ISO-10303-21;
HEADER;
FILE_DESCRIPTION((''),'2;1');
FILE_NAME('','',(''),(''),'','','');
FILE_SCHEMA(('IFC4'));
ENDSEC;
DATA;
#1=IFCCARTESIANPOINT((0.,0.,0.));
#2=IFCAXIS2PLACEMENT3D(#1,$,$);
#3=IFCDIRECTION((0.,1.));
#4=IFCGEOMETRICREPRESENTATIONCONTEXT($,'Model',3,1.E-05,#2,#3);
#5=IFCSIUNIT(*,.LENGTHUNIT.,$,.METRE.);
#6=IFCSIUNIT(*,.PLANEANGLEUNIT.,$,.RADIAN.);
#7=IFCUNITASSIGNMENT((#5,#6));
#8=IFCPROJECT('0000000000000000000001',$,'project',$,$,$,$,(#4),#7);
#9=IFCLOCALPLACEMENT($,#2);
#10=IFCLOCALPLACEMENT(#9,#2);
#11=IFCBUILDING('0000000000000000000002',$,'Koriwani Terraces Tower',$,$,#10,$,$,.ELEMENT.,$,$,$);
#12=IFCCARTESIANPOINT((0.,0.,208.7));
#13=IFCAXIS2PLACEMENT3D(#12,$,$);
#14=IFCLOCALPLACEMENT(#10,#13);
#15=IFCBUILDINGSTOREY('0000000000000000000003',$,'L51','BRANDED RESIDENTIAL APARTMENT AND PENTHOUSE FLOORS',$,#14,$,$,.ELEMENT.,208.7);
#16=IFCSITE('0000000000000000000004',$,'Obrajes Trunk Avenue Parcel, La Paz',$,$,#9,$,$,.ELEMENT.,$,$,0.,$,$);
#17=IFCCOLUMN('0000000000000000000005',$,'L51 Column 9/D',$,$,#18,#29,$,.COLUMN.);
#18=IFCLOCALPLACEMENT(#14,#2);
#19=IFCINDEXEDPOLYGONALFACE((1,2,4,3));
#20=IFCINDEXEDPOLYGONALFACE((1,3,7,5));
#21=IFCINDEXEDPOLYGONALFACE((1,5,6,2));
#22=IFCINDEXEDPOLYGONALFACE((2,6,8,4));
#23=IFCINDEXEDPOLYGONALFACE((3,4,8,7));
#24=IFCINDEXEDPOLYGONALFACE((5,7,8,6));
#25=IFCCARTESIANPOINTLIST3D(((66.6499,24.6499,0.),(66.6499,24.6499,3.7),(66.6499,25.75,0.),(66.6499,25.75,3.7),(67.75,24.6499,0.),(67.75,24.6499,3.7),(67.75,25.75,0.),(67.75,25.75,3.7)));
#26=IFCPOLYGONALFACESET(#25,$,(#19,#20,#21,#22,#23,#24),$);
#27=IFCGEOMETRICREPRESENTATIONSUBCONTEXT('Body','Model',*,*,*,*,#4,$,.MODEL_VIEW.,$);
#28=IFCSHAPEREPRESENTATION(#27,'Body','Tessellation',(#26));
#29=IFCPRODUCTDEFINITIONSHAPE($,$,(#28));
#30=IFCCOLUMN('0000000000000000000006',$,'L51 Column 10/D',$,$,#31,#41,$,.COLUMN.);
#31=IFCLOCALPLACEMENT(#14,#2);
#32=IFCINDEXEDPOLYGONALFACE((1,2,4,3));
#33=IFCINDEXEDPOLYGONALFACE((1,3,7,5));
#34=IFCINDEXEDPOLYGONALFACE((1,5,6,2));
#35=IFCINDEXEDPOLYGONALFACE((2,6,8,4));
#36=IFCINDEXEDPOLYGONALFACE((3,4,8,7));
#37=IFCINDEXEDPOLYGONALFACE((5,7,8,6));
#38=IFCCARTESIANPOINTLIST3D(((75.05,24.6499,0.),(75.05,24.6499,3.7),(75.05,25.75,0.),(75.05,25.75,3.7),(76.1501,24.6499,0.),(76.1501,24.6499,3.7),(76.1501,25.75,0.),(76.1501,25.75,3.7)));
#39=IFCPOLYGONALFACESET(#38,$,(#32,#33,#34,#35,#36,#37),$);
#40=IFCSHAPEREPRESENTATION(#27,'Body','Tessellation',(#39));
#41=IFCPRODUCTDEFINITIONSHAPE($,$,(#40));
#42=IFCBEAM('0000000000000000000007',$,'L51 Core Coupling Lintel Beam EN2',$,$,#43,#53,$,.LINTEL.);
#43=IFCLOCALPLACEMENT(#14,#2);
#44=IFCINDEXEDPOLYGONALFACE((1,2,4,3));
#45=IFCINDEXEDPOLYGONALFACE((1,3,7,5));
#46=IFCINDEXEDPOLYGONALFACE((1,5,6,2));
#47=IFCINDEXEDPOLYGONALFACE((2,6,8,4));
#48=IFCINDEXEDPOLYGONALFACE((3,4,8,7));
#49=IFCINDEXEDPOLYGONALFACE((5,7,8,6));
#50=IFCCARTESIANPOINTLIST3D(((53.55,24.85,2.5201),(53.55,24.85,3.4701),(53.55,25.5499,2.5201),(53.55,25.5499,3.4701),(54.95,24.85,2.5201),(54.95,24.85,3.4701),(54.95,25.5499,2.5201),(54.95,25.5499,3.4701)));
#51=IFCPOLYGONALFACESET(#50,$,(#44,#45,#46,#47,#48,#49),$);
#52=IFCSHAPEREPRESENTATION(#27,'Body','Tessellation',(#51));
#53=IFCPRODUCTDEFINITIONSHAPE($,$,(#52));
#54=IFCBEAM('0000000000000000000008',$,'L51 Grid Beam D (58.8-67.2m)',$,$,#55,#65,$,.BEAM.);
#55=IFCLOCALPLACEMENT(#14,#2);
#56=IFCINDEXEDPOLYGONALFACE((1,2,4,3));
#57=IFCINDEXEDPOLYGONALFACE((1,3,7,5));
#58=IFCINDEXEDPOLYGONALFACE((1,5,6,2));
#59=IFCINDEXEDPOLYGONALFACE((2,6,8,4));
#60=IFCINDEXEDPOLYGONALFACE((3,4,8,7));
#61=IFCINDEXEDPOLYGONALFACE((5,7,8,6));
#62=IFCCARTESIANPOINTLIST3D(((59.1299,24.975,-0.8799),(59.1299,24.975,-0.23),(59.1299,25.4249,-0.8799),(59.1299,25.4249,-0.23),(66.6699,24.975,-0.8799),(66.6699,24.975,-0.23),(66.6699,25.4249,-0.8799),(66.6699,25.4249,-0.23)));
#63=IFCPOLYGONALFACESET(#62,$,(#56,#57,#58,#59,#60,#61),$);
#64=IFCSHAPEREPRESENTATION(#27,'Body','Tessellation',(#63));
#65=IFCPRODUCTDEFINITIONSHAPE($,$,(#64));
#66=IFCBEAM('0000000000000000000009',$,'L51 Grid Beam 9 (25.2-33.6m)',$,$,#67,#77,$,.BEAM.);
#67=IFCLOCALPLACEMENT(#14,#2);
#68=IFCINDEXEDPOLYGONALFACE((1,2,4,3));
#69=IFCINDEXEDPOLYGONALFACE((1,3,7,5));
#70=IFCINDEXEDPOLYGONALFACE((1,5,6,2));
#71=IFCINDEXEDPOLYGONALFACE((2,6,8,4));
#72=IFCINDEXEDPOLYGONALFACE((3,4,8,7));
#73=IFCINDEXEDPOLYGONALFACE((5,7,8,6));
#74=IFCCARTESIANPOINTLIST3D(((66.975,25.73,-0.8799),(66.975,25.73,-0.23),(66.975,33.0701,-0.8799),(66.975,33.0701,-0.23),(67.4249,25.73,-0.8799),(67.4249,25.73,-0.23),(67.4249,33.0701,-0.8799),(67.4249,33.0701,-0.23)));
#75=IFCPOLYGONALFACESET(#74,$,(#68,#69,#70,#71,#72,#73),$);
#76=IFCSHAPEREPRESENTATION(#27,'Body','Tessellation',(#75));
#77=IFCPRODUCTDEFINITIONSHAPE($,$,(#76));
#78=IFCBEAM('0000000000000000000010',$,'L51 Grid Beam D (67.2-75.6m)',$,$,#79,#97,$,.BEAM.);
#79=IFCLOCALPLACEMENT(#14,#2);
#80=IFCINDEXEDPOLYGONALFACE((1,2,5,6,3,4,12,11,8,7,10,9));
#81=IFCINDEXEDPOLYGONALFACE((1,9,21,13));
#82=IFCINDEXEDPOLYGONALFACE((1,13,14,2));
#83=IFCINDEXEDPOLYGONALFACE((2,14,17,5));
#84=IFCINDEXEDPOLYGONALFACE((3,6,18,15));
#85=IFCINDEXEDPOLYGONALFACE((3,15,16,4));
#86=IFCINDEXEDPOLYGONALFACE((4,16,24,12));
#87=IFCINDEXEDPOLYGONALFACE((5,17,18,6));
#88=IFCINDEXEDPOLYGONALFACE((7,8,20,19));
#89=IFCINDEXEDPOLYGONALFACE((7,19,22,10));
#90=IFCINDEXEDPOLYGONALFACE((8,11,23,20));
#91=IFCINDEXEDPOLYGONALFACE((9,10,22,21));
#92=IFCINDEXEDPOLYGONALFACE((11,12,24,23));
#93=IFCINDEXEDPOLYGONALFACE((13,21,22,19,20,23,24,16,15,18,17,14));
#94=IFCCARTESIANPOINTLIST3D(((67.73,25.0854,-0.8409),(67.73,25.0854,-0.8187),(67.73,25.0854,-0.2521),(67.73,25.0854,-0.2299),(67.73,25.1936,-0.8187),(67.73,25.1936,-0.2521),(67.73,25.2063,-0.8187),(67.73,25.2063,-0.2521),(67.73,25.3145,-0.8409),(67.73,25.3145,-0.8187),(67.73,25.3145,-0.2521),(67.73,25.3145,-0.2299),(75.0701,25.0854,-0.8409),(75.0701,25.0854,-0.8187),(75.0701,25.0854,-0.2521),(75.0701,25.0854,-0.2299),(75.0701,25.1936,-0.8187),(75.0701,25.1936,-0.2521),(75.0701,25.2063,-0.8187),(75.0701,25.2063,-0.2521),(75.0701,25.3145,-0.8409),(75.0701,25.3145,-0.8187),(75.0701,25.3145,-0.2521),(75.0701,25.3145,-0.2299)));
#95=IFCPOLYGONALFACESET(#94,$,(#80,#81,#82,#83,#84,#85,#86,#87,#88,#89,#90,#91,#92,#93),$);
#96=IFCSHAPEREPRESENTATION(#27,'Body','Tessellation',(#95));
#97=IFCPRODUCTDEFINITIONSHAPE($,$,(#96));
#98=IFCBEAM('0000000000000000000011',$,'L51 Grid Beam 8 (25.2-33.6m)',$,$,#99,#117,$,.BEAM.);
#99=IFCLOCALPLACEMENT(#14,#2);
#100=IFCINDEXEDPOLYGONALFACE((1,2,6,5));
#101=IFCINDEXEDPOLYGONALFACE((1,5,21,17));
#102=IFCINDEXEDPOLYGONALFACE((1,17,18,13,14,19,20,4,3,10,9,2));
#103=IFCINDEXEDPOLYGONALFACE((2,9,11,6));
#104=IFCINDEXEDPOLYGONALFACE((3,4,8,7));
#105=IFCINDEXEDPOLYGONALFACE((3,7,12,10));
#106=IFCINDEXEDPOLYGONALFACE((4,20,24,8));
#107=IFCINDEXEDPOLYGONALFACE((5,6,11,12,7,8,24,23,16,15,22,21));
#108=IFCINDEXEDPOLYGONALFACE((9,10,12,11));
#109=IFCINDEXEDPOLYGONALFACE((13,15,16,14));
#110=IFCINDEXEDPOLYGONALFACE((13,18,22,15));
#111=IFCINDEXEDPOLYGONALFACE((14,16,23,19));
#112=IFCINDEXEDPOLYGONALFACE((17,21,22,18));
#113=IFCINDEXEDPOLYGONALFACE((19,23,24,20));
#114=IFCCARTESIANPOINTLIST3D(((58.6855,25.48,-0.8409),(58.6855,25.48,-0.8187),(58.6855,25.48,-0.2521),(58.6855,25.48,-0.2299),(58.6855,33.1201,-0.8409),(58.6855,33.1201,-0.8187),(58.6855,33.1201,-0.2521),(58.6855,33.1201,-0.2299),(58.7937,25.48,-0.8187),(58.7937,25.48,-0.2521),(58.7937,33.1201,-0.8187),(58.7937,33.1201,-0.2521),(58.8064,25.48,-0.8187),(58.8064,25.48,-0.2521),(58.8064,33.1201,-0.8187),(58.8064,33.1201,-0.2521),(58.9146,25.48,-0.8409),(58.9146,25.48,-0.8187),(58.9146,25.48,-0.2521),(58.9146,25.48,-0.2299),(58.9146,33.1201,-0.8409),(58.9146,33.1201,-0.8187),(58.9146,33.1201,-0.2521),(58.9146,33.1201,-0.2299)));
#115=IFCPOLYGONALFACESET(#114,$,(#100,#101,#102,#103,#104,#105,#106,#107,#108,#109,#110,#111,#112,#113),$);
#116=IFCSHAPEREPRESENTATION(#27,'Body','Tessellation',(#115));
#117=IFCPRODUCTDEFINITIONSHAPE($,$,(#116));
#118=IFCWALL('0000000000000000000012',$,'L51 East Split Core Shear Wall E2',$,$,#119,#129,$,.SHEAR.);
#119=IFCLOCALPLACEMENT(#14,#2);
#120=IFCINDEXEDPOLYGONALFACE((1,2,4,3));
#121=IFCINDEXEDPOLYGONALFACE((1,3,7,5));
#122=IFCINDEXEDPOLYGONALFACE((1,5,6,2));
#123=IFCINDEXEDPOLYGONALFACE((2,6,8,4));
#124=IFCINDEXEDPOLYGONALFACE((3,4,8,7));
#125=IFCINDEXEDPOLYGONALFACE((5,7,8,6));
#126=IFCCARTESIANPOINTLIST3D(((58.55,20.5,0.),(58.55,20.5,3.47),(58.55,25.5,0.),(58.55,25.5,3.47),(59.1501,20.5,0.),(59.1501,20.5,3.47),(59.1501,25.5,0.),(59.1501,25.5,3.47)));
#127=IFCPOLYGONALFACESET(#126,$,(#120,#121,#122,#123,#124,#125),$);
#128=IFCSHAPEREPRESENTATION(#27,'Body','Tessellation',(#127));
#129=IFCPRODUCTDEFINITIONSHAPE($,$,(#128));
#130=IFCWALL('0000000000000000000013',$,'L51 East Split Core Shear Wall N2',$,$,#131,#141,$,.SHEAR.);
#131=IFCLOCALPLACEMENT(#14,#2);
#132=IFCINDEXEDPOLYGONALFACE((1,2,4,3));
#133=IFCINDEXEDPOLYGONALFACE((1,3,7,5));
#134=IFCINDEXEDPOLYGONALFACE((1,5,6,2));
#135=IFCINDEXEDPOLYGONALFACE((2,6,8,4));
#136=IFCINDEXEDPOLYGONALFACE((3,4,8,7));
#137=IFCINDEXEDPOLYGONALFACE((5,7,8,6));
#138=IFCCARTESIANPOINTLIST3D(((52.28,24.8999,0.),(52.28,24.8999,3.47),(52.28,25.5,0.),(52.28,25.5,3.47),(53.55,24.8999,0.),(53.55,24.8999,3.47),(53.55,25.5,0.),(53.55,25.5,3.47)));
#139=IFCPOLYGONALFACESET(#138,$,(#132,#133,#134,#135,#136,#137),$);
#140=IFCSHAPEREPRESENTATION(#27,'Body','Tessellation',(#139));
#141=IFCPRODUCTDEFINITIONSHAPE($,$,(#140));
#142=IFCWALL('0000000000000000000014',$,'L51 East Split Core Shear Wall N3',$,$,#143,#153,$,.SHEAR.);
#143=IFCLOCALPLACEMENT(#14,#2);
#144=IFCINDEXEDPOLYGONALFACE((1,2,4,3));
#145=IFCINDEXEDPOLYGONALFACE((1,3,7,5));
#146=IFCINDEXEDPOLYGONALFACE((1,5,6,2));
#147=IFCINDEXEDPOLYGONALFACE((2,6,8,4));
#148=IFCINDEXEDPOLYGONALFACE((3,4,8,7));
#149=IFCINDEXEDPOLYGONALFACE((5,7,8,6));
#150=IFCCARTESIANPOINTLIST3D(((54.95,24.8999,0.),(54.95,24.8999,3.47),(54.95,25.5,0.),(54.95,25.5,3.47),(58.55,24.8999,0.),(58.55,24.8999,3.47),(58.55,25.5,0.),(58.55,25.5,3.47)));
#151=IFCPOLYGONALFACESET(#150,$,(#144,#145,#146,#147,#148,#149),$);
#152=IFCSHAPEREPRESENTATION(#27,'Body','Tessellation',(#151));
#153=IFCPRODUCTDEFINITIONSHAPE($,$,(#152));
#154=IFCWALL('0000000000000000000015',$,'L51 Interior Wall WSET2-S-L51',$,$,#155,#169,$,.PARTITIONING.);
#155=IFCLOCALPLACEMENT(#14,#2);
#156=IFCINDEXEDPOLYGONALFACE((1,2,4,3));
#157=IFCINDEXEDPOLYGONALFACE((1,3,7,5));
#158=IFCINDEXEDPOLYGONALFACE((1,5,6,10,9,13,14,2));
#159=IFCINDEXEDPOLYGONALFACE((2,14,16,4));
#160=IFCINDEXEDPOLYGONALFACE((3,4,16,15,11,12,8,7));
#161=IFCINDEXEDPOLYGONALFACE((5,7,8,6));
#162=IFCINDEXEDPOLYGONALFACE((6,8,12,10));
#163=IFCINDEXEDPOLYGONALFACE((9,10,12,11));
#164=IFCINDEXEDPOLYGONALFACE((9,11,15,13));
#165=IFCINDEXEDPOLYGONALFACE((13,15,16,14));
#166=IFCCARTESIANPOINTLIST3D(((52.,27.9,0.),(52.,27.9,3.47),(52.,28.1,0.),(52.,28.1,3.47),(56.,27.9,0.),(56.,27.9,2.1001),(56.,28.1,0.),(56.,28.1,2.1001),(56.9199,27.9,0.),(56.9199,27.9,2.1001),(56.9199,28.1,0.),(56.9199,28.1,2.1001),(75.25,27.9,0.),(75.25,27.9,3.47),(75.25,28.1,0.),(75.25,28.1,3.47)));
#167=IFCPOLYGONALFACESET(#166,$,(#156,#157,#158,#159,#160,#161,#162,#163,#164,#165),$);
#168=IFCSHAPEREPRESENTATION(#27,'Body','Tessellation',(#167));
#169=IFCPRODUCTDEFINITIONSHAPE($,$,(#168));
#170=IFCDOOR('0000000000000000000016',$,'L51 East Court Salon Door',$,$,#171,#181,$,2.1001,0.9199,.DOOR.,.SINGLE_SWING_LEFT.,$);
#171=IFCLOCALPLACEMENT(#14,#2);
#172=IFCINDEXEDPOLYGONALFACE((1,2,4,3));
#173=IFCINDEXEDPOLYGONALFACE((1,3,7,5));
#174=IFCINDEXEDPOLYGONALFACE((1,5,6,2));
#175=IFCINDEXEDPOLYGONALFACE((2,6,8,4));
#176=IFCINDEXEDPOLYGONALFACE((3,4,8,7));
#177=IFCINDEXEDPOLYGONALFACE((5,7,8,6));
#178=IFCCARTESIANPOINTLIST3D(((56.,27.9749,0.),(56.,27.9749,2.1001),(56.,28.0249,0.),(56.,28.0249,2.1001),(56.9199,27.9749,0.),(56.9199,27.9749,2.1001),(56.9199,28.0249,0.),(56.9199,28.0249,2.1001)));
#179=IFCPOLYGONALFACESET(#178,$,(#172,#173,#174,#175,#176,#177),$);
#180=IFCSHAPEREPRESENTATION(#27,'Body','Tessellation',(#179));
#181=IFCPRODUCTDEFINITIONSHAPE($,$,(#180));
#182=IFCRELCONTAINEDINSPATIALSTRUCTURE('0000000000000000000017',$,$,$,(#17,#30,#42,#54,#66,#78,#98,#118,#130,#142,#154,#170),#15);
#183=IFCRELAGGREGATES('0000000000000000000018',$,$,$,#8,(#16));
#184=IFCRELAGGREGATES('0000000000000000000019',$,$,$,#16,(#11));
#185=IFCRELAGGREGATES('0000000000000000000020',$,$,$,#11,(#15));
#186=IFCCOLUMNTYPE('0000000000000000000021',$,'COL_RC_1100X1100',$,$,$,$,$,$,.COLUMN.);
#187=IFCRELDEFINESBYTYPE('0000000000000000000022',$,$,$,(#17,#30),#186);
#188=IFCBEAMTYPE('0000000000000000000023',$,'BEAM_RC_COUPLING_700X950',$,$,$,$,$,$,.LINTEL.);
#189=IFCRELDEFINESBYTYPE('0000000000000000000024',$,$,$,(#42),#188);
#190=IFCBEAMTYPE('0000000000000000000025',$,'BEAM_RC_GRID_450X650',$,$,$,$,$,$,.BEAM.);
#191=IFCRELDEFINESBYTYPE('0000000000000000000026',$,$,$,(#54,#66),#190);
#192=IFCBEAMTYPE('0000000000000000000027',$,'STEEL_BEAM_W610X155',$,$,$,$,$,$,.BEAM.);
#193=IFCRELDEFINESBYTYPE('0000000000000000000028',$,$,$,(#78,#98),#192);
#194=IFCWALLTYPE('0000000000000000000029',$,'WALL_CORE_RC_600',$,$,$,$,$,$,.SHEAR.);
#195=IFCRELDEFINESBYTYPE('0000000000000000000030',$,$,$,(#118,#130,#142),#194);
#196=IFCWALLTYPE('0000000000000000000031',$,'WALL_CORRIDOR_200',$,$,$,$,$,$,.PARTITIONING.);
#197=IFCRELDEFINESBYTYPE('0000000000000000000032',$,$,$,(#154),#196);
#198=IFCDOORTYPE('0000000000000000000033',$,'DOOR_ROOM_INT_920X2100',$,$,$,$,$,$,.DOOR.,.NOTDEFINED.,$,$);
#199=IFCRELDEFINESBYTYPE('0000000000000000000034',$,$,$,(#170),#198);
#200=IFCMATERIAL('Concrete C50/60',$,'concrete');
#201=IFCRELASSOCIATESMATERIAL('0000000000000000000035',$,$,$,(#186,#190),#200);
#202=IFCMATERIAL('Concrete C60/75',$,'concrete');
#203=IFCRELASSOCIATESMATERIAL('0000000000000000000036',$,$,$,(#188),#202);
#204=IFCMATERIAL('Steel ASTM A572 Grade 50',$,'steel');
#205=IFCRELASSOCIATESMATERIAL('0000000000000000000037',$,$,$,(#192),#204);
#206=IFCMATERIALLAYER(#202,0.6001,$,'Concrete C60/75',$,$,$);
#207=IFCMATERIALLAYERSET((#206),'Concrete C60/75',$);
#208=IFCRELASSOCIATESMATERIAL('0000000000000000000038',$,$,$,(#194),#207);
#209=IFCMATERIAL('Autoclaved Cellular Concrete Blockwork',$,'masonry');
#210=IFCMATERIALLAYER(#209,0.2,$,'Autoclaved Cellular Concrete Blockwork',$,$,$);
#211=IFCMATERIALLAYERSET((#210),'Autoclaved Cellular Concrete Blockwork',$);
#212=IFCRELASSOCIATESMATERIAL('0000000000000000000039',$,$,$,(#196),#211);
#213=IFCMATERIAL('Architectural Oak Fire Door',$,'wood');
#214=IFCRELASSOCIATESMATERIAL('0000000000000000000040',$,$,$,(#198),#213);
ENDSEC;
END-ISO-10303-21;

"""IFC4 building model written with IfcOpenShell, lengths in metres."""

from ifc_helpers import new_model, si_unit, direction, frame, frame_2d, origin, origin_2d, place, context, subcontext, project, spatial, rectangle, i_section, extrude, material, layer, layer_set, material_profile, profile_set, type_object, element, fill, save


model = new_model("IFC4")

# Units and contexts
model_context = context("Model", 3, precision=1e-05, world=origin(), true_north=direction((0.0, 1.0)))
body_context = subcontext(model_context, "Body", "Model", "MODEL_VIEW")
ifc_project = project(units=[si_unit("LENGTHUNIT", "METRE"), si_unit("PLANEANGLEUNIT", "RADIAN")], contexts=[model_context])

# Site, building, storey
site_placement = place(None, origin())
site = spatial("IfcSite", under=ifc_project, at=site_placement, Name="Obrajes Trunk Avenue Parcel, La Paz", CompositionType="ELEMENT", RefElevation=0.0)
building_placement = place(site_placement, origin())
building = spatial("IfcBuilding", under=site, at=building_placement, Name="Koriwani Terraces Tower", CompositionType="ELEMENT")
storey_placement = place(building_placement, frame((0.0, 0.0, 208.7)))
storey = spatial("IfcBuildingStorey", under=building, at=storey_placement, Name="L51", Description="BRANDED RESIDENTIAL APARTMENT AND PENTHOUSE FLOORS", CompositionType="ELEMENT", Elevation=208.7)

# Columns
ifc_material_1 = material(Name="Concrete C50/60", Category="concrete")
ifc_material_profile_1 = material_profile(ifc_material_1, rectangle(XDim=1.1001, YDim=1.1001, at=origin_2d()), Name="Concrete C50/60", Category="LoadBearing")
ifc_profile_set_1 = profile_set([ifc_material_profile_1], Name="Concrete C50/60")
column_type = type_object("IfcColumnType", Name="COL_RC_1100X1100", PredefinedType="COLUMN", material=ifc_profile_set_1)
for number, where, z_axis, x_axis, name in (
    (1, (67.2, 25.2, 0.0), (0.0, 0.0, 1.0), (1.0, 0.0, 0.0), "L51 Column 9/D"),
    (2, (75.6001, 25.2, 0.0), (0.0, 0.0, 1.0), (1.0, 0.0, 0.0), "L51 Column 10/D"),
):
    element("IfcColumn", number, at=place(storey_placement, frame(where, z_axis=z_axis, x_axis=x_axis)), inside=storey, type_object=column_type, Name=name, PredefinedType="COLUMN", context=body_context, shape_type="SweptSolid", body=[
        extrude(rectangle(XDim=1.1001, YDim=1.1001, at=origin_2d()), origin(), (0.0, 0.0, 1.0), 3.7),
    ])

# Beams
ifc_material_2 = material(Name="Concrete C60/75", Category="concrete")
ifc_material_profile_2 = material_profile(ifc_material_2, rectangle(XDim=0.7, YDim=0.95, at=origin_2d()), Name="Concrete C60/75", Category="LoadBearing")
ifc_profile_set_2 = profile_set([ifc_material_profile_2], Name="Concrete C60/75")
beam_type_1 = type_object("IfcBeamType", Name="BEAM_RC_COUPLING_700X950", PredefinedType="LINTEL", material=ifc_profile_set_2)
beam_1_placement = place(storey_placement, frame((53.55, 25.2, 2.9951), z_axis=(1.0, 0.0, 0.0), x_axis=(0.0, 1.0, 0.0)))
element("IfcBeam", 3, at=beam_1_placement, inside=storey, type_object=beam_type_1, Name="L51 Core Coupling Lintel Beam EN2", PredefinedType="LINTEL", context=body_context, shape_type="SweptSolid", body=[
    extrude(rectangle(XDim=0.7, YDim=0.95, at=origin_2d()), origin(), (0.0, 0.0, 1.0), 1.3999),
])
ifc_material_profile_3 = material_profile(ifc_material_1, rectangle(XDim=0.45, YDim=0.6499, at=origin_2d()), Name="Concrete C50/60", Category="LoadBearing")
ifc_profile_set_3 = profile_set([ifc_material_profile_3], Name="Concrete C50/60")
beam_type_2 = type_object("IfcBeamType", Name="BEAM_RC_GRID_450X650", PredefinedType="BEAM", material=ifc_profile_set_3)
beam_2_placement = place(storey_placement, frame((59.1299, 25.2, -0.5549), z_axis=(1.0, 0.0, 0.0), x_axis=(0.0, 1.0, 0.0)))
element("IfcBeam", 4, at=beam_2_placement, inside=storey, type_object=beam_type_2, Name="L51 Grid Beam D (58.8-67.2m)", PredefinedType="BEAM", context=body_context, shape_type="SweptSolid", body=[
    extrude(rectangle(XDim=0.45, YDim=0.6499, at=origin_2d()), origin(), (0.0, 0.0, 1.0), 7.54),
])
beam_3_placement = place(storey_placement, frame((67.2, 25.73, -0.5549), z_axis=(0.0, 1.0, 0.0), x_axis=(-1.0, 0.0, 0.0)))
element("IfcBeam", 5, at=beam_3_placement, inside=storey, type_object=beam_type_2, Name="L51 Grid Beam 9 (25.2-33.6m)", PredefinedType="BEAM", context=body_context, shape_type="SweptSolid", body=[
    extrude(rectangle(XDim=0.45, YDim=0.6499, at=origin_2d()), origin(), (0.0, 0.0, 1.0), 7.3401),
])
ifc_material_3 = material(Name="Steel ASTM A572 Grade 50", Category="steel")
ifc_material_profile_4 = material_profile(ifc_material_3, i_section(OverallWidth=0.229, OverallDepth=0.6111, WebThickness=0.0127, FlangeThickness=0.0222, at=origin_2d()), Name="Steel ASTM A572 Grade 50", Category="LoadBearing")
ifc_profile_set_4 = profile_set([ifc_material_profile_4], Name="Steel ASTM A572 Grade 50")
beam_type_3 = type_object("IfcBeamType", Name="STEEL_BEAM_W610X155", PredefinedType="BEAM", material=ifc_profile_set_4)
beam_4_placement = place(storey_placement, frame((67.73, 25.2, -0.5354), z_axis=(1.0, 0.0, 0.0), x_axis=(0.0, 1.0, 0.0)))
element("IfcBeam", 6, at=beam_4_placement, inside=storey, type_object=beam_type_3, Name="L51 Grid Beam D (67.2-75.6m)", PredefinedType="BEAM", context=body_context, shape_type="SweptSolid", body=[
    extrude(i_section(OverallWidth=0.229, OverallDepth=0.6111, WebThickness=0.0127, FlangeThickness=0.0222, at=origin_2d()), origin(), (0.0, 0.0, 1.0), 7.3401),
])
beam_5_placement = place(storey_placement, frame((58.8, 25.48, -0.5354), z_axis=(0.0, 1.0, 0.0), x_axis=(-1.0, 0.0, 0.0)))
element("IfcBeam", 7, at=beam_5_placement, inside=storey, type_object=beam_type_3, Name="L51 Grid Beam 8 (25.2-33.6m)", PredefinedType="BEAM", context=body_context, shape_type="SweptSolid", body=[
    extrude(i_section(OverallWidth=0.229, OverallDepth=0.6111, WebThickness=0.0127, FlangeThickness=0.0222, at=origin_2d()), origin(), (0.0, 0.0, 1.0), 7.6401),
])

# Walls
ifc_layer_1 = layer(ifc_material_2, 0.6001, Name="Concrete C60/75")
ifc_layer_set_1 = layer_set([ifc_layer_1], Name="Concrete C60/75")
wall_type_1 = type_object("IfcWallType", Name="WALL_CORE_RC_600", PredefinedType="SHEAR", material=ifc_layer_set_1)
wall_1_placement = place(storey_placement, frame((58.8501, 20.5, 0.0), z_axis=(0.0, 0.0, 1.0), x_axis=(0.0, 1.0, 0.0)))
element("IfcWall", 8, at=wall_1_placement, inside=storey, type_object=wall_type_1, Name="L51 East Split Core Shear Wall E2", PredefinedType="SHEAR", context=body_context, shape_type="SweptSolid", body=[
    extrude(rectangle(XDim=5.0, YDim=0.6001, at=frame_2d((2.5, 0.0))), origin(), (0.0, 0.0, 1.0), 3.47),
])
wall_2_placement = place(storey_placement, frame((52.28, 25.2, 0.0), z_axis=(0.0, 0.0, 1.0), x_axis=(1.0, 0.0, 0.0)))
element("IfcWall", 9, at=wall_2_placement, inside=storey, type_object=wall_type_1, Name="L51 East Split Core Shear Wall N2", PredefinedType="SHEAR", context=body_context, shape_type="SweptSolid", body=[
    extrude(rectangle(XDim=1.27, YDim=0.6001, at=frame_2d((0.635, 0.0))), origin(), (0.0, 0.0, 1.0), 3.47),
])
wall_3_placement = place(storey_placement, frame((54.95, 25.2, 0.0), z_axis=(0.0, 0.0, 1.0), x_axis=(1.0, 0.0, 0.0)))
element("IfcWall", 10, at=wall_3_placement, inside=storey, type_object=wall_type_1, Name="L51 East Split Core Shear Wall N3", PredefinedType="SHEAR", context=body_context, shape_type="SweptSolid", body=[
    extrude(rectangle(XDim=3.6001, YDim=0.6001, at=frame_2d((1.8, 0.0))), origin(), (0.0, 0.0, 1.0), 3.47),
])

# Wall, opening, door
ifc_material_4 = material(Name="Autoclaved Cellular Concrete Blockwork", Category="masonry")
ifc_layer_2 = layer(ifc_material_4, 0.2, Name="Autoclaved Cellular Concrete Blockwork")
ifc_layer_set_2 = layer_set([ifc_layer_2], Name="Autoclaved Cellular Concrete Blockwork")
wall_type_2 = type_object("IfcWallType", Name="WALL_CORRIDOR_200", PredefinedType="PARTITIONING", material=ifc_layer_set_2)
wall_4_placement = place(storey_placement, frame((52.0, 28.0, 0.0), z_axis=(0.0, 0.0, 1.0), x_axis=(1.0, 0.0, 0.0)))
wall_4 = element("IfcWall", 11, at=wall_4_placement, inside=storey, type_object=wall_type_2, Name="L51 Interior Wall WSET2-S-L51", PredefinedType="PARTITIONING", context=body_context, shape_type="SweptSolid", body=[
    extrude(rectangle(XDim=23.25, YDim=0.2, at=frame_2d((11.625, 0.0))), origin(), (0.0, 0.0, 1.0), 3.47),
])
opening_1_placement = place(wall_4_placement, frame((4.0, 0.0, 0.0)))
opening_1 = element("IfcOpeningElement", 12, at=opening_1_placement, cuts=wall_4, PredefinedType="OPENING", context=body_context, shape_type="SweptSolid", body=[
    extrude(rectangle(XDim=0.9199, YDim=2.1001, at=frame_2d((0.46, 1.05))), frame((0.0, 0.1099, 0.0), z_axis=(0.0, -1.0, 0.0), x_axis=(1.0, 0.0, 0.0)), (0.0, 0.0, 1.0), 0.22),
])
ifc_material_5 = material(Name="Architectural Oak Fire Door", Category="wood")
door_type_1 = type_object("IfcDoorType", Name="DOOR_ROOM_INT_920X2100", OperationType="NOTDEFINED", PredefinedType="DOOR", material=ifc_material_5)
door_1_placement = place(opening_1_placement, origin())
door_1 = element("IfcDoor", 13, at=door_1_placement, inside=storey, type_object=door_type_1, Name="L51 East Court Salon Door", OperationType="SINGLE_SWING_LEFT", OverallHeight=2.1001, OverallWidth=0.9199, PredefinedType="DOOR", context=body_context, shape_type="SweptSolid", body=[
    extrude(rectangle(XDim=0.9199, YDim=2.1001, at=frame_2d((0.46, 1.05))), frame((0.0, 0.0249, 0.0), z_axis=(0.0, -1.0, 0.0), x_axis=(1.0, 0.0, 0.0)), (0.0, 0.0, 1.0), 0.05),
])
fill(opening_1, door_1)

save(model, "model.ifc")
